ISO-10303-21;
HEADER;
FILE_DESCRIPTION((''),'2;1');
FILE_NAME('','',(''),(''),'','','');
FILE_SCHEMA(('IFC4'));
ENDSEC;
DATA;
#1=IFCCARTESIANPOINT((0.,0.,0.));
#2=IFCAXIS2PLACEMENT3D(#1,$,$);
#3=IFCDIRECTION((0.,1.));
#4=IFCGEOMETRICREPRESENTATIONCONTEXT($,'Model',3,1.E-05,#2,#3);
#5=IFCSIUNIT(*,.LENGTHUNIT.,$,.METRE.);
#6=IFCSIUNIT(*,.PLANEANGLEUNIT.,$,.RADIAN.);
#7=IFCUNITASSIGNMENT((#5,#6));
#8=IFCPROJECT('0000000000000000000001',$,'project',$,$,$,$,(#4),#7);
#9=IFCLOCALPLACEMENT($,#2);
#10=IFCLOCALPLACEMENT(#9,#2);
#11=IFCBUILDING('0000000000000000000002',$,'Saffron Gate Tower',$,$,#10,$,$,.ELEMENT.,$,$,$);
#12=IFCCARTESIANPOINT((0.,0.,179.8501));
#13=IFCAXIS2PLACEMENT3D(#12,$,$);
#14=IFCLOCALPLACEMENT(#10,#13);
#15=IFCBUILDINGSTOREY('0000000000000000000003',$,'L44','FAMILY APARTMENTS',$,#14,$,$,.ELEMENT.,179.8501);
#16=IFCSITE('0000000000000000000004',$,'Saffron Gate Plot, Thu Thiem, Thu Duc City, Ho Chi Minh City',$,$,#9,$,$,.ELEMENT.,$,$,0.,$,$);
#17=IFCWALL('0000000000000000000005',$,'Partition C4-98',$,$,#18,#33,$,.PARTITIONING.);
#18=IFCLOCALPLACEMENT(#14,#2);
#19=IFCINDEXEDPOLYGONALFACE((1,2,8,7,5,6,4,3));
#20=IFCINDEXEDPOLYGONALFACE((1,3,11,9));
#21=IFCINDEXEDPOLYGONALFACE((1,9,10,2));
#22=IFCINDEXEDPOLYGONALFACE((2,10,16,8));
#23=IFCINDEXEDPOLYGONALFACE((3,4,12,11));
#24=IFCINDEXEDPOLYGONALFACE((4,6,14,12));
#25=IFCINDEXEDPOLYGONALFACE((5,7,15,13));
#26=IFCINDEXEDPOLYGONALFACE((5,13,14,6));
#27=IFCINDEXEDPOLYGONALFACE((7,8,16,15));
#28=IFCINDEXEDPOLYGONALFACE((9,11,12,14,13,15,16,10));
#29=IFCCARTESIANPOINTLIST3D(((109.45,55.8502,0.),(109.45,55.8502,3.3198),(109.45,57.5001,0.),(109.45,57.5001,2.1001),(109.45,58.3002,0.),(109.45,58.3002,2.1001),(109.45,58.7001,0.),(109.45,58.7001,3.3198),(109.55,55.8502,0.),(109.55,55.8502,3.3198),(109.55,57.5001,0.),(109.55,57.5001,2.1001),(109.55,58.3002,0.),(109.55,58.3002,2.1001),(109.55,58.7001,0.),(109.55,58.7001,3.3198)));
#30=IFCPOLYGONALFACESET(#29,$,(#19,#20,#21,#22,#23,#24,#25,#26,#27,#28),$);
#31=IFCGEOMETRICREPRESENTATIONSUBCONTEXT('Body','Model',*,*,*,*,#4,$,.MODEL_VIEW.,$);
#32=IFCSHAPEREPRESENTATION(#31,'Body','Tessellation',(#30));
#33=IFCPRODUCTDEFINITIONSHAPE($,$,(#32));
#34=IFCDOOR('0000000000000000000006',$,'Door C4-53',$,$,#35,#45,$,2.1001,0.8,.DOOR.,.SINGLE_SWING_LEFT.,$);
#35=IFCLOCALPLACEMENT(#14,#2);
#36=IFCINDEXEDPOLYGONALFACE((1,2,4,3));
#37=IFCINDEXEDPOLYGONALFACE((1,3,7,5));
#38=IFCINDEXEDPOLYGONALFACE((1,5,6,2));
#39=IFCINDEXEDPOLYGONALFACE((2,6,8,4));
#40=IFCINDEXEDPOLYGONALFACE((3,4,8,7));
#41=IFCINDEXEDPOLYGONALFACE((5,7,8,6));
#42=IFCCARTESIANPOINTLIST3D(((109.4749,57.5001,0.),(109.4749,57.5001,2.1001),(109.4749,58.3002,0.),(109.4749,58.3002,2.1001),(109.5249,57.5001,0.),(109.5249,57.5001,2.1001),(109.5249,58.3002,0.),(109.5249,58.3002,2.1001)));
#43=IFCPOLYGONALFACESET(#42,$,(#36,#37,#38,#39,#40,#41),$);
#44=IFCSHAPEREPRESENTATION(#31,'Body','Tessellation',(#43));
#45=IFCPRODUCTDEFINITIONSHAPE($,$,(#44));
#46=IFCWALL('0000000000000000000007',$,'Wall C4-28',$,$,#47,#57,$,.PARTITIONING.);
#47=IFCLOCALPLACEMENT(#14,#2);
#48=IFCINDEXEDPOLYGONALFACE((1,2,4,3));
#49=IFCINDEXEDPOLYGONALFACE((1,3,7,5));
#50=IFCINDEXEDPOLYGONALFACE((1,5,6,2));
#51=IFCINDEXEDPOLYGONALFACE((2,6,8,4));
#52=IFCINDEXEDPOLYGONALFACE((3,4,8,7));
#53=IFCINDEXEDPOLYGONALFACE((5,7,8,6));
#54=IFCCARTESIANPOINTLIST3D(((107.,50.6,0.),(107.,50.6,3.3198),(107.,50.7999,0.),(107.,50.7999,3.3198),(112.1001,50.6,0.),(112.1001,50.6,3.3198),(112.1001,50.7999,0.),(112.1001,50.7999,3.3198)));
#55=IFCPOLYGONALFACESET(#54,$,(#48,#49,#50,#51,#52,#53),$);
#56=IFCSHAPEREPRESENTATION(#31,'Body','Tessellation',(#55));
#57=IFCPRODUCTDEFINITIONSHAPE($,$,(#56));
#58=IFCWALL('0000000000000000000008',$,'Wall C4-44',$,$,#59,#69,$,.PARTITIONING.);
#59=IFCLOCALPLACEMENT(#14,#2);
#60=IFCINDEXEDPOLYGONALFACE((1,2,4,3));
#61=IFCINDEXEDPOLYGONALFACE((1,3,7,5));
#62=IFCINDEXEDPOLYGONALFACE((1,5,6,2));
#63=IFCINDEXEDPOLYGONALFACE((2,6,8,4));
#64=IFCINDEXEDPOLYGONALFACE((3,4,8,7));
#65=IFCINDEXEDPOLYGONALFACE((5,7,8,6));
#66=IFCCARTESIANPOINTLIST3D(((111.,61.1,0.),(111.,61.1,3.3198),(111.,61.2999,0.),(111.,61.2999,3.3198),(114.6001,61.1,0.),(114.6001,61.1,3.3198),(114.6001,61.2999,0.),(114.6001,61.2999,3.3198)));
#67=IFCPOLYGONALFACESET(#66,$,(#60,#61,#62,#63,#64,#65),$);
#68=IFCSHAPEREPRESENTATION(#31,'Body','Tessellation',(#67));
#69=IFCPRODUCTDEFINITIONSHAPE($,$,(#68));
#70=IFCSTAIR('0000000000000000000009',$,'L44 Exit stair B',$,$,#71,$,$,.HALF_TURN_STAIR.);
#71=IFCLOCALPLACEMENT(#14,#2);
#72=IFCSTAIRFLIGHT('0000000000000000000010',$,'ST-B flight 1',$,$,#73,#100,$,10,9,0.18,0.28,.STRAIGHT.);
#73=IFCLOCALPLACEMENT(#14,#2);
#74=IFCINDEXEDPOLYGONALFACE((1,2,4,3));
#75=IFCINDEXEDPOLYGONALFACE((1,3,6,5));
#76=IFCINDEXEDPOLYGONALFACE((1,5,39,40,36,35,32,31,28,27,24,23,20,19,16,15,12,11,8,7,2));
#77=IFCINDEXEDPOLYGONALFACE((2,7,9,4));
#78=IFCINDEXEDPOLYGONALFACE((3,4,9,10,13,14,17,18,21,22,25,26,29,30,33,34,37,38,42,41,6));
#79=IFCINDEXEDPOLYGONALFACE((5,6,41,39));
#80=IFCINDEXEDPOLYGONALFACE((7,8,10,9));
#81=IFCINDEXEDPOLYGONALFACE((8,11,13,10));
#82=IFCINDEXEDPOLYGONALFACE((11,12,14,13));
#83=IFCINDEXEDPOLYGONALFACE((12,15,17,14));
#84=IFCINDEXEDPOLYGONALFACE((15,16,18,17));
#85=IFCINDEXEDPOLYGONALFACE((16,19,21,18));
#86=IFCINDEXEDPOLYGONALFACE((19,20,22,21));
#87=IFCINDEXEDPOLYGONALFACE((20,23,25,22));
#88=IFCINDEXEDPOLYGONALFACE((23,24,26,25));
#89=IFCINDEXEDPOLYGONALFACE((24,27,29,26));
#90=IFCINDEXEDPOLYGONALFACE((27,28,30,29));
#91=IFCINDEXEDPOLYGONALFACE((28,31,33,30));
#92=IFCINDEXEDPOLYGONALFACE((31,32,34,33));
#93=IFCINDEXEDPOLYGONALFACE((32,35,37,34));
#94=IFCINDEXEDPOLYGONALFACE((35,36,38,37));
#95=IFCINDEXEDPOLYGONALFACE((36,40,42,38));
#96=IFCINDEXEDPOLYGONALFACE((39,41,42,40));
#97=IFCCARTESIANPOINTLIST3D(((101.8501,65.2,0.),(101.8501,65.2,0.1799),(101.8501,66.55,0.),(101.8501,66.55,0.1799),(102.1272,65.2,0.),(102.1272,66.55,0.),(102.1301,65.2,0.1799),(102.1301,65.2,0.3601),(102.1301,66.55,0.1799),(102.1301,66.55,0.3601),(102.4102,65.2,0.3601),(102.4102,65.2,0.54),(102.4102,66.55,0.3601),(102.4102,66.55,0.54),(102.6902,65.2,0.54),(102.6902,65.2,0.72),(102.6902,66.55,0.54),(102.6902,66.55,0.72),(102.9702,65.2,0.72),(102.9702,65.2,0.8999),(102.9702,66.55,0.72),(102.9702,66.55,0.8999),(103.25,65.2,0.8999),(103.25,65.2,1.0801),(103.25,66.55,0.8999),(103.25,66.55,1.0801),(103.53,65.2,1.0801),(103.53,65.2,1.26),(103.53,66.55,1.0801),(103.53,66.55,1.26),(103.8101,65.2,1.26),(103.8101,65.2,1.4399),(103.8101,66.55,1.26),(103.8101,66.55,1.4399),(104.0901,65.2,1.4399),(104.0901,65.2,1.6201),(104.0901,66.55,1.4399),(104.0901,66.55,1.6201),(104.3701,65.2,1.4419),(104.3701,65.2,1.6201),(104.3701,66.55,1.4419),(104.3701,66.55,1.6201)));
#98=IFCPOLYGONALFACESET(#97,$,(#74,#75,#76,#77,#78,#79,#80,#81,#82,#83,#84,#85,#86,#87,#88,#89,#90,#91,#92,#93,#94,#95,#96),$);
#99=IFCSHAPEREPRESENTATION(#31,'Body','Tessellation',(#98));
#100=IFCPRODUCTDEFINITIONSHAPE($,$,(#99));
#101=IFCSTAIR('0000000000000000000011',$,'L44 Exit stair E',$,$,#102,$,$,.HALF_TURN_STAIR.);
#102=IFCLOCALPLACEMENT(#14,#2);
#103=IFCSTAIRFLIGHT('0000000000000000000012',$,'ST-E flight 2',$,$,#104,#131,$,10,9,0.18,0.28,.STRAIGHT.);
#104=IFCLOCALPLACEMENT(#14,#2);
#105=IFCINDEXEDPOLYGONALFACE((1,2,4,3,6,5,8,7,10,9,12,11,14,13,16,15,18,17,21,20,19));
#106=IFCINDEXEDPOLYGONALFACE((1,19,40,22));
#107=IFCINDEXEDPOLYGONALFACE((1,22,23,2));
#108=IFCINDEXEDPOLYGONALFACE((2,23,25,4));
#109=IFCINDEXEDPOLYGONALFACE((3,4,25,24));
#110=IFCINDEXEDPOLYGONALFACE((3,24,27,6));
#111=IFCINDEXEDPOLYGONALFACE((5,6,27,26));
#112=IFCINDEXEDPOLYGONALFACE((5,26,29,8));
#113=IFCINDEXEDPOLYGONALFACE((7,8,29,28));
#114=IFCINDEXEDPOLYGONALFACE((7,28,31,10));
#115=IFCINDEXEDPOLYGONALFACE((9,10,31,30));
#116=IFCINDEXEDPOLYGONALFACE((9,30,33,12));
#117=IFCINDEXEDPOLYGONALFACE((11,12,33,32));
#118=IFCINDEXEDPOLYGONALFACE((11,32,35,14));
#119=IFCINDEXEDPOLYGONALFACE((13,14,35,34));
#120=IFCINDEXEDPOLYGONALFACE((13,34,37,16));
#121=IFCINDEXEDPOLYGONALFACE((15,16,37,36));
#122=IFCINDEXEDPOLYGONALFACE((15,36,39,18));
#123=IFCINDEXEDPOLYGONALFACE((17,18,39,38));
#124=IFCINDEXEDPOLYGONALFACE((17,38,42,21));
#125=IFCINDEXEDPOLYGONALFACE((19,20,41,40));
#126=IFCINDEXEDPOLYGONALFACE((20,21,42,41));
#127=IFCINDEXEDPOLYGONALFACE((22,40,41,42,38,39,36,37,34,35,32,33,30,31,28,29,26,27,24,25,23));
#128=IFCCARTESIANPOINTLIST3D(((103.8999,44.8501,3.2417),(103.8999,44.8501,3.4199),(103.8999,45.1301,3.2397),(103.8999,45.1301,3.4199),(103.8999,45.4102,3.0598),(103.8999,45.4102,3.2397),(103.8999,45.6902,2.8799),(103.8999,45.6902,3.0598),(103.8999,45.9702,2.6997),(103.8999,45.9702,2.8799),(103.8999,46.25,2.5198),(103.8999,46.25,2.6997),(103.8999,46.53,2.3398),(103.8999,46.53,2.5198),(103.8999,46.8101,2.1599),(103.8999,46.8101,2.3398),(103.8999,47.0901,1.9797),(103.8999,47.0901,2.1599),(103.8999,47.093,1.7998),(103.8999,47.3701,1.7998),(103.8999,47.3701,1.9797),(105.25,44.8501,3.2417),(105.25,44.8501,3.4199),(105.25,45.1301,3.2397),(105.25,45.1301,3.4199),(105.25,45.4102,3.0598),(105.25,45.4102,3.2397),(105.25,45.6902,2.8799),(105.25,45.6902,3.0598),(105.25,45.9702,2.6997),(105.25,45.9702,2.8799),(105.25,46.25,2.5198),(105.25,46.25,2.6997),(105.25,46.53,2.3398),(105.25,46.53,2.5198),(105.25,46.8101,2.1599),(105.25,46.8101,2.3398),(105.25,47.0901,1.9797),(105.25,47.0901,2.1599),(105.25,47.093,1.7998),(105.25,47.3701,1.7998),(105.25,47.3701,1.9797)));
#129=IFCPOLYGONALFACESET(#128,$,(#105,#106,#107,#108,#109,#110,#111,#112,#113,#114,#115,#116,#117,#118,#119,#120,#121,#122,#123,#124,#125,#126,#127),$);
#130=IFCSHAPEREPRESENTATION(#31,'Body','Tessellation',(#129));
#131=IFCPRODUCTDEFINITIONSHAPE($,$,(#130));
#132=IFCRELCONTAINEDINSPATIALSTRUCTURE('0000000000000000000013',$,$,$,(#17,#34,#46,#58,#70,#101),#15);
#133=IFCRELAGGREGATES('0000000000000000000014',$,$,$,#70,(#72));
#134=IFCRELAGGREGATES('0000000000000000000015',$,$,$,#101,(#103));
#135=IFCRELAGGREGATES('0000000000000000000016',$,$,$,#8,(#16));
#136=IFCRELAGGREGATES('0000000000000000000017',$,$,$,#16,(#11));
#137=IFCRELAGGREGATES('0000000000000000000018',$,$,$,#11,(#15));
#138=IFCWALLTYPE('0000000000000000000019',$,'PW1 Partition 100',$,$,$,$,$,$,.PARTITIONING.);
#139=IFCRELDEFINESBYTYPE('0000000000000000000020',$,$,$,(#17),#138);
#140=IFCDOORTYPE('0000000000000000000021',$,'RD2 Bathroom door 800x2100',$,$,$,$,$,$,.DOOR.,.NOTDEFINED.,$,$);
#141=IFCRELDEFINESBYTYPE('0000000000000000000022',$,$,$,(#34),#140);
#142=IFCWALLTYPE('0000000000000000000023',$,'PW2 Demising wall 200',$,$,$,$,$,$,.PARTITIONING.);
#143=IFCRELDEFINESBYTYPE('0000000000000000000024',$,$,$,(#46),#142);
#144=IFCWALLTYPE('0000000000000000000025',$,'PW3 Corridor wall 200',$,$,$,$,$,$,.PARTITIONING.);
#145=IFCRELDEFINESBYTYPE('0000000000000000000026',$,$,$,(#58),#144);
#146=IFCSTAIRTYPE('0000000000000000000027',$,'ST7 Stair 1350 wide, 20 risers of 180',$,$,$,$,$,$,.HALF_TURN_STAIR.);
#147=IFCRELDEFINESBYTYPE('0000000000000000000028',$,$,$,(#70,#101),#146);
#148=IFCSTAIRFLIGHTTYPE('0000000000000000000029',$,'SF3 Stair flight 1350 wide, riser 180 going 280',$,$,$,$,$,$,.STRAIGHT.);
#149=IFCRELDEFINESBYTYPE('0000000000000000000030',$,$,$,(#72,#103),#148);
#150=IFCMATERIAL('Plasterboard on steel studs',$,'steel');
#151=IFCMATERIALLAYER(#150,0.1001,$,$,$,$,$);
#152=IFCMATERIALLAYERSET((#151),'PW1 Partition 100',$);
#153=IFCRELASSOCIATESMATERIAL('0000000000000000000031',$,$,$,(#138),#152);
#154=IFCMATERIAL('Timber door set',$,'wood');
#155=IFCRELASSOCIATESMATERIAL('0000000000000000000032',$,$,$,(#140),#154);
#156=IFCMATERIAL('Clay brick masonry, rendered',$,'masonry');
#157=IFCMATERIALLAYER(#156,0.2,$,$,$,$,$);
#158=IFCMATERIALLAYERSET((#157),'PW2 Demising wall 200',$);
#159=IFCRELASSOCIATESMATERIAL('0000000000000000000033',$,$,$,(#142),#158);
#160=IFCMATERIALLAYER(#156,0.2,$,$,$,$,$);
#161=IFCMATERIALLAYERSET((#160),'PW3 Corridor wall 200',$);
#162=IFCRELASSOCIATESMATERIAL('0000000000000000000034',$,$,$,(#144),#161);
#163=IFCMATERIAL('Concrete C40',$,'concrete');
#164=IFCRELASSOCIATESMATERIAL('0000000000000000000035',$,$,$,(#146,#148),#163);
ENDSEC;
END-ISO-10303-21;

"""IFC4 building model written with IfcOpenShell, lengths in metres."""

from ifc_helpers import new_model, si_unit, direction, frame, frame_2d, origin, place, context, subcontext, project, spatial, polyline, rectangle, outline, extrude, material, layer, layer_set, type_object, element, fill, aggregate, save


model = new_model("IFC4")

# Units and contexts
model_context = context("Model", 3, precision=1e-05, world=origin(), true_north=direction((0.0, 1.0)))
body_context = subcontext(model_context, "Body", "Model", "MODEL_VIEW")
ifc_project = project(units=[si_unit("LENGTHUNIT", "METRE"), si_unit("PLANEANGLEUNIT", "RADIAN")], contexts=[model_context])

# Site, building, storey
site_placement = place(None, origin())
site = spatial("IfcSite", under=ifc_project, at=site_placement, Name="Saffron Gate Plot, Thu Thiem, Thu Duc City, Ho Chi Minh City", CompositionType="ELEMENT", RefElevation=0.0)
building_placement = place(site_placement, origin())
building = spatial("IfcBuilding", under=site, at=building_placement, Name="Saffron Gate Tower", CompositionType="ELEMENT")
storey_placement = place(building_placement, frame((0.0, 0.0, 179.8501)))
storey = spatial("IfcBuildingStorey", under=building, at=storey_placement, Name="L44", Description="FAMILY APARTMENTS", CompositionType="ELEMENT", Elevation=179.8501)

# Shared definitions
ifc_material_1 = material(Name="Plasterboard on steel studs", Category="steel")
ifc_layer_1 = layer(ifc_material_1, 0.1001)
ifc_layer_set_1 = layer_set([ifc_layer_1], Name="PW1 Partition 100")
wall_type_1 = type_object("IfcWallType", Name="PW1 Partition 100", PredefinedType="PARTITIONING", material=ifc_layer_set_1)

# Wall, opening, door
ifc_material_2 = material(Name="Timber door set", Category="wood")
wall_1_placement = place(storey_placement, frame((109.5, 58.7, 0.0), z_axis=(0.0, 0.0, 1.0), x_axis=(0.0, -1.0, 0.0)))
wall_1 = element("IfcWall", 1, at=wall_1_placement, inside=storey, type_object=wall_type_1, Name="Partition C4-98", PredefinedType="PARTITIONING", context=body_context, shape_type="SweptSolid", body=[
    extrude(rectangle(XDim=2.8499, YDim=0.1001, at=frame_2d((1.4248, 0.0))), origin(), (0.0, 0.0, 1.0), 3.3198),
])
opening_1_placement = place(wall_1_placement, frame((0.3999, 0.0, 0.0)))
opening_1 = element("IfcOpeningElement", 2, at=opening_1_placement, cuts=wall_1, PredefinedType="OPENING", context=body_context, shape_type="SweptSolid", body=[
    extrude(rectangle(XDim=0.8, YDim=2.1001, at=frame_2d((0.3999, 1.05))), frame((0.0, 0.0601, 0.0), z_axis=(0.0, -1.0, 0.0), x_axis=(1.0, 0.0, 0.0)), (0.0, 0.0, 1.0), 0.1201),
])
door_type_1 = type_object("IfcDoorType", Name="RD2 Bathroom door 800x2100", OperationType="NOTDEFINED", PredefinedType="DOOR", material=ifc_material_2)
door_1_placement = place(opening_1_placement, origin())
door_1 = element("IfcDoor", 3, at=door_1_placement, inside=storey, type_object=door_type_1, Name="Door C4-53", OperationType="SINGLE_SWING_LEFT", OverallHeight=2.1001, OverallWidth=0.8, PredefinedType="DOOR", context=body_context, shape_type="SweptSolid", body=[
    extrude(rectangle(XDim=0.8, YDim=2.1001, at=frame_2d((0.3999, 1.05))), frame((0.0, 0.0249, 0.0), z_axis=(0.0, -1.0, 0.0), x_axis=(1.0, 0.0, 0.0)), (0.0, 0.0, 1.0), 0.05),
])
fill(opening_1, door_1)

# Walls
ifc_material_3 = material(Name="Clay brick masonry, rendered", Category="masonry")
ifc_layer_2 = layer(ifc_material_3, 0.2)
ifc_layer_set_2 = layer_set([ifc_layer_2], Name="PW2 Demising wall 200")
wall_type_2 = type_object("IfcWallType", Name="PW2 Demising wall 200", PredefinedType="PARTITIONING", material=ifc_layer_set_2)
wall_2_placement = place(storey_placement, frame((107.0, 50.7, 0.0), z_axis=(0.0, 0.0, 1.0), x_axis=(1.0, 0.0, 0.0)))
element("IfcWall", 4, at=wall_2_placement, inside=storey, type_object=wall_type_2, Name="Wall C4-28", PredefinedType="PARTITIONING", context=body_context, shape_type="SweptSolid", body=[
    extrude(rectangle(XDim=5.1001, YDim=0.2, at=frame_2d((2.55, 0.0))), origin(), (0.0, 0.0, 1.0), 3.3198),
])
ifc_layer_3 = layer(ifc_material_3, 0.2)
ifc_layer_set_3 = layer_set([ifc_layer_3], Name="PW3 Corridor wall 200")
wall_type_3 = type_object("IfcWallType", Name="PW3 Corridor wall 200", PredefinedType="PARTITIONING", material=ifc_layer_set_3)
wall_3_placement = place(storey_placement, frame((111.0, 61.2, 0.0), z_axis=(0.0, 0.0, 1.0), x_axis=(1.0, 0.0, 0.0)))
element("IfcWall", 5, at=wall_3_placement, inside=storey, type_object=wall_type_3, Name="Wall C4-44", PredefinedType="PARTITIONING", context=body_context, shape_type="SweptSolid", body=[
    extrude(rectangle(XDim=3.6001, YDim=0.2, at=frame_2d((1.8, 0.0))), origin(), (0.0, 0.0, 1.0), 3.3198),
])

# Stairs, stair flights
ifc_material_4 = material(Name="Concrete C40", Category="concrete")
stair_type = type_object("IfcStairType", Name="ST7 Stair 1350 wide, 20 risers of 180", PredefinedType="HALF_TURN_STAIR", material=ifc_material_4)
stair_1_placement = place(storey_placement, origin())
stair_1 = element("IfcStair", 6, at=stair_1_placement, inside=storey, type_object=stair_type, Name="L44 Exit stair B", PredefinedType="HALF_TURN_STAIR")
stair_flight_type = type_object("IfcStairFlightType", Name="SF3 Stair flight 1350 wide, riser 180 going 280", PredefinedType="STRAIGHT", material=ifc_material_4)
stair_flight_1_placement = place(storey_placement, frame((101.8501, 65.875, 0.0), z_axis=(0.0, 0.0, 1.0), x_axis=(1.0, 0.0, 0.0)))
stair_flight_1 = element("IfcStairFlight", 7, at=stair_flight_1_placement, type_object=stair_flight_type, Name="ST-B flight 1", NumberOfRisers=10, NumberOfTreads=9, PredefinedType="STRAIGHT", RiserHeight=0.18, TreadLength=0.28, context=body_context, shape_type="SweptSolid", body=[
    extrude(outline(polyline([(0.0, 0.0), (0.0, 0.1799), (0.28, 0.1799), (0.28, 0.3601), (0.5601, 0.3601), (0.5601, 0.54), (0.8401, 0.54), (0.8401, 0.72), (1.1201, 0.72), (1.1201, 0.8999), (1.3999, 0.8999), (1.3999, 1.0801), (1.6799, 1.0801), (1.6799, 1.26), (1.96, 1.26), (1.96, 1.4399), (2.24, 1.4399), (2.24, 1.6201), (2.52, 1.6201), (2.52, 1.8), (2.52, 1.4419), (0.2771, 0.0), (0.0, 0.0)])), frame((0.0, 0.675, 0.0), z_axis=(0.0, -1.0, 0.0), x_axis=(1.0, 0.0, 0.0)), (0.0, 0.0, 1.0), 1.3501),
])
aggregate(stair_1, [stair_flight_1])
stair_2_placement = place(storey_placement, origin())
stair_2 = element("IfcStair", 8, at=stair_2_placement, inside=storey, type_object=stair_type, Name="L44 Exit stair E", PredefinedType="HALF_TURN_STAIR")
stair_flight_2_placement = place(storey_placement, frame((104.575, 47.3701, 1.7998), z_axis=(0.0, 0.0, 1.0), x_axis=(0.0, -1.0, 0.0)))
stair_flight_2 = element("IfcStairFlight", 9, at=stair_flight_2_placement, type_object=stair_flight_type, Name="ST-E flight 2", NumberOfRisers=10, NumberOfTreads=9, PredefinedType="STRAIGHT", RiserHeight=0.18, TreadLength=0.28, context=body_context, shape_type="SweptSolid", body=[
    extrude(outline(polyline([(0.0, 0.0), (0.0, 0.1799), (0.28, 0.1799), (0.28, 0.3601), (0.5601, 0.3601), (0.5601, 0.54), (0.8401, 0.54), (0.8401, 0.72), (1.1201, 0.72), (1.1201, 0.8999), (1.3999, 0.8999), (1.3999, 1.0801), (1.6799, 1.0801), (1.6799, 1.26), (1.96, 1.26), (1.96, 1.4399), (2.24, 1.4399), (2.24, 1.6201), (2.52, 1.6201), (2.52, 1.8), (2.52, 1.4419), (0.2771, 0.0), (0.0, 0.0)])), frame((0.0, 0.675, 0.0), z_axis=(0.0, -1.0, 0.0), x_axis=(1.0, 0.0, 0.0)), (0.0, 0.0, 1.0), 1.3501),
])
aggregate(stair_2, [stair_flight_2])

save(model, "model.ifc")
